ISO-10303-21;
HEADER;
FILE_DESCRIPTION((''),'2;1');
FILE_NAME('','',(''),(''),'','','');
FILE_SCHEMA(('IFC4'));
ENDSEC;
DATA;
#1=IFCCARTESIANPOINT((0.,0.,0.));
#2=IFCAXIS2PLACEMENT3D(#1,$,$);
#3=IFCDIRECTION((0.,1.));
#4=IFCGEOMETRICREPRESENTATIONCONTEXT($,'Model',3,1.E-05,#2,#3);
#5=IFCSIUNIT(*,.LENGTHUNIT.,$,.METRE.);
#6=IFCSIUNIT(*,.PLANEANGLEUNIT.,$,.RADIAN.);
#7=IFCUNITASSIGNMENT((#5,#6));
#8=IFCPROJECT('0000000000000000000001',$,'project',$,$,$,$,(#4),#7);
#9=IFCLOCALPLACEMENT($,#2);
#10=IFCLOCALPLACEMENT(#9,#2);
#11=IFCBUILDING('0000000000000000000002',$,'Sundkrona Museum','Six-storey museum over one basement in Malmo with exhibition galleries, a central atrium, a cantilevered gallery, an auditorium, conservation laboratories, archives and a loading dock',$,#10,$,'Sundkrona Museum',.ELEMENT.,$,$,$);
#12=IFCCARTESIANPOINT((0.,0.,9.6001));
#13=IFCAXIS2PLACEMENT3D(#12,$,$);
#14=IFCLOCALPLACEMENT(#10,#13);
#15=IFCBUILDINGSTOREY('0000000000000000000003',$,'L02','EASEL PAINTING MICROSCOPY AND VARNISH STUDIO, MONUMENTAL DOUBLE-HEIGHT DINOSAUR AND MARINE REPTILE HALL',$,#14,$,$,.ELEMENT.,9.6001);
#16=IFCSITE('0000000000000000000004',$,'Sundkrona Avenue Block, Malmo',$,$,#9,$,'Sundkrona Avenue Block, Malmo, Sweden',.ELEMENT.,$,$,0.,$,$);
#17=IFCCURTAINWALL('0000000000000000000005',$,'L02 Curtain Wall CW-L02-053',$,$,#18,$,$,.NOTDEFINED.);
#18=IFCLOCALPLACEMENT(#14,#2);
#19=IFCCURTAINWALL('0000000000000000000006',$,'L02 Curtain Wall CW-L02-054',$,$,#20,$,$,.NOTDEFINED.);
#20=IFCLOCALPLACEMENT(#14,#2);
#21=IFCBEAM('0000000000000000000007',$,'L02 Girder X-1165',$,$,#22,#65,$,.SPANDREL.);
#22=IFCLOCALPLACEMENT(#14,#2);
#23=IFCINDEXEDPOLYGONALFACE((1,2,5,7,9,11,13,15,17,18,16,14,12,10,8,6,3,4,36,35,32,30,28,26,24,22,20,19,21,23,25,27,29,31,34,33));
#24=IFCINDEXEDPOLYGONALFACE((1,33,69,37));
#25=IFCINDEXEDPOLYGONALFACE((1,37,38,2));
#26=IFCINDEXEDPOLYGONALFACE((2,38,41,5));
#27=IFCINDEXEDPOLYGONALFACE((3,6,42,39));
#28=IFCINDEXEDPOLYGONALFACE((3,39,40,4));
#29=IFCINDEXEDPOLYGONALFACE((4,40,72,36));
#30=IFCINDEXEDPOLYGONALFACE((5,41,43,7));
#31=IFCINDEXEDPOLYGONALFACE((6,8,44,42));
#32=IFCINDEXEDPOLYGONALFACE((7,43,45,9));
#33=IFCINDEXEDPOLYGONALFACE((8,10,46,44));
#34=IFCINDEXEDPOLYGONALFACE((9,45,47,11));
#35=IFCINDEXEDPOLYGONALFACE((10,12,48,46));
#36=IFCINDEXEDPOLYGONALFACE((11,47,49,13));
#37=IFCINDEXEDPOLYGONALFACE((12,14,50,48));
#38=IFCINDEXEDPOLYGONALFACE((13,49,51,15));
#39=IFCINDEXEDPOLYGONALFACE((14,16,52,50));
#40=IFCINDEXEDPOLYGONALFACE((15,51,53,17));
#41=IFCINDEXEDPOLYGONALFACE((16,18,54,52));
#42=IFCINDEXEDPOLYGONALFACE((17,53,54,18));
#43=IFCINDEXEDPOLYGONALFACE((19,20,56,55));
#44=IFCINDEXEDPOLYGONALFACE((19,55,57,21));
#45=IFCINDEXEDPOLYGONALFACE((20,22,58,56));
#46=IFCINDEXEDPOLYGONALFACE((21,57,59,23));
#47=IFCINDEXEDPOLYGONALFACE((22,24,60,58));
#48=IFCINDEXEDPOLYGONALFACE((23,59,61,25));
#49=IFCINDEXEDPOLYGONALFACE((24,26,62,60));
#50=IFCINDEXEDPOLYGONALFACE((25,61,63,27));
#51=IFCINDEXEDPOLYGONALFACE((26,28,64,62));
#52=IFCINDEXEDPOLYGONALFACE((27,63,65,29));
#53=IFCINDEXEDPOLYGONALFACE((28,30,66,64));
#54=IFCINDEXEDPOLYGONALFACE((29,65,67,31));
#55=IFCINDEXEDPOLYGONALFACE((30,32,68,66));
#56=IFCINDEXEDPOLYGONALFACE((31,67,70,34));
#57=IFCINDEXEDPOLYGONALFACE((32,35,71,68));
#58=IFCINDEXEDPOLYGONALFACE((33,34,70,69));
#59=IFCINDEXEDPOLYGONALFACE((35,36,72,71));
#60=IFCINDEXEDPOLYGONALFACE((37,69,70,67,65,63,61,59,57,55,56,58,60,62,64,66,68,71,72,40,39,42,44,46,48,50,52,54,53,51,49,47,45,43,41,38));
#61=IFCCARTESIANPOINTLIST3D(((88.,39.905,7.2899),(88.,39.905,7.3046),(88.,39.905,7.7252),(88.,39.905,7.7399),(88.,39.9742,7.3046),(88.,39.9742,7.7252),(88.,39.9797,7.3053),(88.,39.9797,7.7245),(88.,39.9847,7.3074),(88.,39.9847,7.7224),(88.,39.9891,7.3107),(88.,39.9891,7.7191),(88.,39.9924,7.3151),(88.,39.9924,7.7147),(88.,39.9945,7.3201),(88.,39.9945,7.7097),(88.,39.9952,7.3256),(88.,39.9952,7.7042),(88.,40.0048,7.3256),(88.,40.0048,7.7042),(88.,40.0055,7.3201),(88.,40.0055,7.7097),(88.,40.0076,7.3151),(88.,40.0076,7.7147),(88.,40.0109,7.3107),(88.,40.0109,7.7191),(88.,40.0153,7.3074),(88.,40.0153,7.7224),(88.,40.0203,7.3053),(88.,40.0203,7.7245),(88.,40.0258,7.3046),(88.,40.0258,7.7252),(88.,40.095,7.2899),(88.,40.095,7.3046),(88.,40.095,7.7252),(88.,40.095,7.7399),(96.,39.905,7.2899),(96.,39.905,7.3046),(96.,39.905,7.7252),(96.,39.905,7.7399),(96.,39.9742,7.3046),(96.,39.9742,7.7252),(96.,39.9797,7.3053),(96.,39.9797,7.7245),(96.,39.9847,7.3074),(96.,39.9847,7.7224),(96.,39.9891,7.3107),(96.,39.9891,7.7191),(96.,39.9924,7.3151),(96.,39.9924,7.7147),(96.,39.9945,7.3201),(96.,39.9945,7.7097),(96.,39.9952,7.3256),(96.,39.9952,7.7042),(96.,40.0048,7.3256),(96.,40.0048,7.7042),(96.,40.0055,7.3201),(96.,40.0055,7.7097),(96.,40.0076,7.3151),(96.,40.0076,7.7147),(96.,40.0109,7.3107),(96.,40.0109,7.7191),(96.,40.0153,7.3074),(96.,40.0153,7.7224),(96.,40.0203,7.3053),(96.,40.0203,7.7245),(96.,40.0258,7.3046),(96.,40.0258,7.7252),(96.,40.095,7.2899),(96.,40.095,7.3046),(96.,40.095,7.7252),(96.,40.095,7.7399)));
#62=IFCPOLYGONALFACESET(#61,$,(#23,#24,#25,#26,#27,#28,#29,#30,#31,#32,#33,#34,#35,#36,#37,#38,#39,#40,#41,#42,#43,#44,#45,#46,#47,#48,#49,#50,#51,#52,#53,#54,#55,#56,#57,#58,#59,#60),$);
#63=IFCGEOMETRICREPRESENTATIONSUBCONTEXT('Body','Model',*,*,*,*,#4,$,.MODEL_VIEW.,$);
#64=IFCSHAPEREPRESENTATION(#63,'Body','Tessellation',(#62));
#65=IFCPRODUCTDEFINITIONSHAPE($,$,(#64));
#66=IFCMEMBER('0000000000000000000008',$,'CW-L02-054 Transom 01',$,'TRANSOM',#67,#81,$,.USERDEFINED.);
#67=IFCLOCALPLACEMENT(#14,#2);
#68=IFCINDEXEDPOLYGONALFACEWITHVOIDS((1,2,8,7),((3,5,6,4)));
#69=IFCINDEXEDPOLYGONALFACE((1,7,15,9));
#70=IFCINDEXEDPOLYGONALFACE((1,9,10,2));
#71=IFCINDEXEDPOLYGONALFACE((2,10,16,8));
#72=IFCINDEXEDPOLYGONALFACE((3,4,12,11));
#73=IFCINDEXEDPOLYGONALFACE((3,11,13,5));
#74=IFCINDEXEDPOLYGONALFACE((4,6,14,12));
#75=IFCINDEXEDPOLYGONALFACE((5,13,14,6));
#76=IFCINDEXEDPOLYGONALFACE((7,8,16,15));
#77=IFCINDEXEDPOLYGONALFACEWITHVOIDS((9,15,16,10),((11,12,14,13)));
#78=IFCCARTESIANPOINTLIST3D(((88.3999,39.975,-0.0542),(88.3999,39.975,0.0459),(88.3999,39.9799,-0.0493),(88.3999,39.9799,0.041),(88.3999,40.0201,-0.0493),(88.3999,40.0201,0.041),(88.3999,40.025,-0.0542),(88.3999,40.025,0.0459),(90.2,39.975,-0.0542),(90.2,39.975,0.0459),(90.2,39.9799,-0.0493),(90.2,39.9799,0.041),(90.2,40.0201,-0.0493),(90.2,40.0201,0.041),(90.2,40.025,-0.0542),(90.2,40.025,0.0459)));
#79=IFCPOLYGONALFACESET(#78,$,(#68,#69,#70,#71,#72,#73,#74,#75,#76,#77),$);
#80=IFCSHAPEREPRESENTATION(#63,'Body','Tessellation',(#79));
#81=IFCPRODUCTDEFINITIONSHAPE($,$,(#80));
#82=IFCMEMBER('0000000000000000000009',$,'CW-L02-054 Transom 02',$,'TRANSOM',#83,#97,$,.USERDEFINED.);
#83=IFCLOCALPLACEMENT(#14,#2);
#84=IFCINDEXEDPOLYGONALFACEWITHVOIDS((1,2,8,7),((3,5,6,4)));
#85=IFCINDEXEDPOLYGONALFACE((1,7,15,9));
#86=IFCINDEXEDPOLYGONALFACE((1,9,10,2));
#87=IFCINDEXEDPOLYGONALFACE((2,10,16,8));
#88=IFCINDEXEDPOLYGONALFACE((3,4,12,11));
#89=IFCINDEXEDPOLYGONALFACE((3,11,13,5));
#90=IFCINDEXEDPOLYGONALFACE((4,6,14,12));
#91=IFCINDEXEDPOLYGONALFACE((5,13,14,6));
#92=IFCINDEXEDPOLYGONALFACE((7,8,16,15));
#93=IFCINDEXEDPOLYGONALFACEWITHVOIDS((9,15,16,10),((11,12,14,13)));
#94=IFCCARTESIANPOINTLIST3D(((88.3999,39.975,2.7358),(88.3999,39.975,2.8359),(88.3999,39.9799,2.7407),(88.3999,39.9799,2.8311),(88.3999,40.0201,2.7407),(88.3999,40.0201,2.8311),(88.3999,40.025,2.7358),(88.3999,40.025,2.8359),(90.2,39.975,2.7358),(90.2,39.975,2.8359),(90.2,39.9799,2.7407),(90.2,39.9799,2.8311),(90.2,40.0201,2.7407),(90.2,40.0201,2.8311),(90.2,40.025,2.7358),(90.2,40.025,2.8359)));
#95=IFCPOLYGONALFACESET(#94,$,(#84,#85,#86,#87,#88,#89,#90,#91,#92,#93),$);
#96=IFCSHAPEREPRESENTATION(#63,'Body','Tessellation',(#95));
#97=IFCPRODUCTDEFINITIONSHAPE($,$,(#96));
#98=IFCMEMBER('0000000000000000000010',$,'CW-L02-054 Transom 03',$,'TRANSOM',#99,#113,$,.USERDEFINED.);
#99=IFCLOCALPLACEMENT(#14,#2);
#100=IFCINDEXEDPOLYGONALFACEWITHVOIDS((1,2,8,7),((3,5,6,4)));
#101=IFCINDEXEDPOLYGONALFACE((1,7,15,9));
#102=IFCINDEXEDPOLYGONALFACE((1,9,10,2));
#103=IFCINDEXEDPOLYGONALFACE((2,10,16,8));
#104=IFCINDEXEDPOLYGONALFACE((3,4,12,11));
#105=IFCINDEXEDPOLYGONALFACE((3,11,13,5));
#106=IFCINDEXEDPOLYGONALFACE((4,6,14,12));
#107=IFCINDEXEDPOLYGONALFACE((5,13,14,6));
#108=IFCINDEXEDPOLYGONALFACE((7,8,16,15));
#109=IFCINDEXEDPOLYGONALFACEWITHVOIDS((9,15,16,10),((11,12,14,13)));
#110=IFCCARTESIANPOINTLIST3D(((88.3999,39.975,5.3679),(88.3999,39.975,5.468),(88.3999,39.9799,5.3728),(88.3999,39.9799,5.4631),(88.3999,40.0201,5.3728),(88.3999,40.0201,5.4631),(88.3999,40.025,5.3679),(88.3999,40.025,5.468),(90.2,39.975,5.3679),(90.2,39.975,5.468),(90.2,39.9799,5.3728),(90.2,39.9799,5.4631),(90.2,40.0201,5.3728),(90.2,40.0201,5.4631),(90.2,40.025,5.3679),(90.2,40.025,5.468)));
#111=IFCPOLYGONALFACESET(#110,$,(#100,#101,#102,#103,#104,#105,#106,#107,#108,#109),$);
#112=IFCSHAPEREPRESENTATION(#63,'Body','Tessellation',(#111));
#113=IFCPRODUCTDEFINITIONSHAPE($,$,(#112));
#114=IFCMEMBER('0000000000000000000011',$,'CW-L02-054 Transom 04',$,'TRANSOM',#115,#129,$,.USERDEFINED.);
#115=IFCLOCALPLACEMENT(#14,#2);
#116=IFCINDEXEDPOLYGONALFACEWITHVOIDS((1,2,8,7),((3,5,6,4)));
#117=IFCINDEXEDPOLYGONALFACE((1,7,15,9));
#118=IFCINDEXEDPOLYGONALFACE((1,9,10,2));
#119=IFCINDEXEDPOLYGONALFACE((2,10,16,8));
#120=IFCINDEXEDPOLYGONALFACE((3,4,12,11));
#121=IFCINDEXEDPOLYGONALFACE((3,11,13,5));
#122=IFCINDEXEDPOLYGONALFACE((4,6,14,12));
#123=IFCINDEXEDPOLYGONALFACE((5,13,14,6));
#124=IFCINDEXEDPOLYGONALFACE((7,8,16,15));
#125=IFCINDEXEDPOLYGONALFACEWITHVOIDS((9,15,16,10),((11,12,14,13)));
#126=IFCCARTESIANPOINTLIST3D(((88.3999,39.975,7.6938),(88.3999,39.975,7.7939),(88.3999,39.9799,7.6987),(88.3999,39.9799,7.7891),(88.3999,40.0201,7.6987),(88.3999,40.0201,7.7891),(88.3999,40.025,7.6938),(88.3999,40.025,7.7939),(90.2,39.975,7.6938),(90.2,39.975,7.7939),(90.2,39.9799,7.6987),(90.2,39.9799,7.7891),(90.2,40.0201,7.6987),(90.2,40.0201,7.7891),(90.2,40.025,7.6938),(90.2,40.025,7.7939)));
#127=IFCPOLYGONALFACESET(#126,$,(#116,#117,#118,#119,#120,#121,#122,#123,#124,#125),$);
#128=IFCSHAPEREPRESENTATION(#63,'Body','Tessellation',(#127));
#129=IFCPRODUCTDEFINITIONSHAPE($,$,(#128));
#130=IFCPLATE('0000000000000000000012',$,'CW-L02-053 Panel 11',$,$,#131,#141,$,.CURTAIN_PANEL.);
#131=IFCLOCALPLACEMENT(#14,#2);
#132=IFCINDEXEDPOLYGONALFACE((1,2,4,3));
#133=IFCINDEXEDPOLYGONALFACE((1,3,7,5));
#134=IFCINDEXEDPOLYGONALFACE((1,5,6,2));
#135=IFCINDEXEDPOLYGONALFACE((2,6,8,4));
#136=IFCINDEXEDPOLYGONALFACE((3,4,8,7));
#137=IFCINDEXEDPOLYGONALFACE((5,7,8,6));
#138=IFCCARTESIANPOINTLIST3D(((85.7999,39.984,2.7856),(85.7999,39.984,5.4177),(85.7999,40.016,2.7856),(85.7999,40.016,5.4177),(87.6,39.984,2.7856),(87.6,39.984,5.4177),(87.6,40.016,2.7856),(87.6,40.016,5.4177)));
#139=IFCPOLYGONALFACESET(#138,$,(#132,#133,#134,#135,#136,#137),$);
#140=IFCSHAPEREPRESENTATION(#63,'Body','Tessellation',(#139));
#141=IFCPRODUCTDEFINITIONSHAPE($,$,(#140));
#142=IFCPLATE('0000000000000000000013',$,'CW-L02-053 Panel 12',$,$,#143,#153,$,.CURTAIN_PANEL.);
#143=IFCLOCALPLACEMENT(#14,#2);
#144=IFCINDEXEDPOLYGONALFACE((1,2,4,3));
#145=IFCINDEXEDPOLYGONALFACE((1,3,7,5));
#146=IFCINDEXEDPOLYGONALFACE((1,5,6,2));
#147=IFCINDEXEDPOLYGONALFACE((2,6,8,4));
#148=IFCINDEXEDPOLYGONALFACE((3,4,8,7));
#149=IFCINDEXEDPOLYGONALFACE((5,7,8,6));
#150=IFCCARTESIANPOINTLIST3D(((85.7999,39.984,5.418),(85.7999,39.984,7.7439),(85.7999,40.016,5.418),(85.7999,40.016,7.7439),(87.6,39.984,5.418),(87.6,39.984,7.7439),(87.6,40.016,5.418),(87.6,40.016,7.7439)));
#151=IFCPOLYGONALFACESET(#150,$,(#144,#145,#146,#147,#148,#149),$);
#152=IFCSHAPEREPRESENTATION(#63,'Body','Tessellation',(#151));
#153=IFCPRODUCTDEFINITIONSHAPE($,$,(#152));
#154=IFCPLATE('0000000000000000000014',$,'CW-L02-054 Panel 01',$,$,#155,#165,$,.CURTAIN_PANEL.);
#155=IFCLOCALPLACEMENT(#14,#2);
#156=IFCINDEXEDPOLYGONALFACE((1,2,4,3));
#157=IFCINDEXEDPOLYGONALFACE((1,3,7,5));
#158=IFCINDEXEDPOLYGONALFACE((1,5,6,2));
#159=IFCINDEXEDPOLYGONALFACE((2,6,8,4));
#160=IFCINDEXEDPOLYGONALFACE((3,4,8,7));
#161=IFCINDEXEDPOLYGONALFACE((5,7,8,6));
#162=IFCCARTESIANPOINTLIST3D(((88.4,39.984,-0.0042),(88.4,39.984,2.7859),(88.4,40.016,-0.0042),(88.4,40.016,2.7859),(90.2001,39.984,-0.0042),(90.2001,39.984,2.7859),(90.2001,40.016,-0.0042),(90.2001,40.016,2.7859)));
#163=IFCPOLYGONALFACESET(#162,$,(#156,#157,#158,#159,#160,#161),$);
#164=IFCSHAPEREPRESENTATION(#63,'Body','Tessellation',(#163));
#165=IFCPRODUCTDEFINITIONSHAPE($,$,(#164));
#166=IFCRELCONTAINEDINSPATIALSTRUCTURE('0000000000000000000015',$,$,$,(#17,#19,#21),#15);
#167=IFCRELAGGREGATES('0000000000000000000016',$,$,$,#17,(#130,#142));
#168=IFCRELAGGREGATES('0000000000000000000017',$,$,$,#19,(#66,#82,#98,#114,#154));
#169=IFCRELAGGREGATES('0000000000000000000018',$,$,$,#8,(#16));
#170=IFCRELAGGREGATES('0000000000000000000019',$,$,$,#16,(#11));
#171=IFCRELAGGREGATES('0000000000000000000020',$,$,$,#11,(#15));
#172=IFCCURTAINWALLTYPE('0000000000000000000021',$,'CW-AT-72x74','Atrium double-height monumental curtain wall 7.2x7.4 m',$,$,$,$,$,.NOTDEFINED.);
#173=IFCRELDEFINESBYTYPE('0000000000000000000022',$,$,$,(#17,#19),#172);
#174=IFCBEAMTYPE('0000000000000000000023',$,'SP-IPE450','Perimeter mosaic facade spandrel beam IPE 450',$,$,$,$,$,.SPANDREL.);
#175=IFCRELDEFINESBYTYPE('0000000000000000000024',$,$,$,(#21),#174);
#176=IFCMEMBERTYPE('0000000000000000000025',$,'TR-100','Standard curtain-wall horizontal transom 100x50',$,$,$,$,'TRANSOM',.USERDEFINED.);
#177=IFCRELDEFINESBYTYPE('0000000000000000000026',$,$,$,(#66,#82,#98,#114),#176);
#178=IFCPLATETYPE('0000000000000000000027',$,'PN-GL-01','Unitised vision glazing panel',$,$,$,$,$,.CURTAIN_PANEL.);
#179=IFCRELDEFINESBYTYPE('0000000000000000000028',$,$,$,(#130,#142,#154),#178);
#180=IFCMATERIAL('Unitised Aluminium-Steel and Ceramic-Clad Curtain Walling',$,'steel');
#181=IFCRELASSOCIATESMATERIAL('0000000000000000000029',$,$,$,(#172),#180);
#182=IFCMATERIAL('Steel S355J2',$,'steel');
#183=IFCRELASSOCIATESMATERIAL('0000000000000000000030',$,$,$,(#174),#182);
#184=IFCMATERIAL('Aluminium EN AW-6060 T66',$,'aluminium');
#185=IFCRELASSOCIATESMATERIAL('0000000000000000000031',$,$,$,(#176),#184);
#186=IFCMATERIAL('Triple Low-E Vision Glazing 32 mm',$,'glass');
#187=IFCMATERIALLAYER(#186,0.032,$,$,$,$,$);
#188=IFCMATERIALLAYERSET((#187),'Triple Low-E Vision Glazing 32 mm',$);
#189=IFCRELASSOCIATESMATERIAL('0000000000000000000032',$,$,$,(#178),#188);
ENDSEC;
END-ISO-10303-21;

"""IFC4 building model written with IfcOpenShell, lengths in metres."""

from ifc_helpers import new_model, si_unit, direction, frame, origin, origin_2d, place, context, subcontext, project, spatial, rectangle, hollow_rectangle, i_section, extrude, material, layer, layer_set, material_profile, profile_set, type_object, element, aggregate, save


model = new_model("IFC4")

# Units and contexts
model_context = context("Model", 3, precision=1e-05, world=origin(), true_north=direction((0.0, 1.0)))
body_context = subcontext(model_context, "Body", "Model", "MODEL_VIEW")
ifc_project = project(units=[si_unit("LENGTHUNIT", "METRE"), si_unit("PLANEANGLEUNIT", "RADIAN")], contexts=[model_context])

# Site, building, storey
site_placement = place(None, origin())
site = spatial("IfcSite", under=ifc_project, at=site_placement, Name="Sundkrona Avenue Block, Malmo", LongName="Sundkrona Avenue Block, Malmo, Sweden", CompositionType="ELEMENT", RefElevation=0.0)
building_placement = place(site_placement, origin())
building = spatial("IfcBuilding", under=site, at=building_placement, Name="Sundkrona Museum", Description="Six-storey museum over one basement in Malmo with exhibition galleries, a central atrium, a cantilevered gallery, an auditorium, conservation laboratories, archives and a loading dock", LongName="Sundkrona Museum", CompositionType="ELEMENT")
storey_placement = place(building_placement, frame((0.0, 0.0, 9.6001)))
storey = spatial("IfcBuildingStorey", under=building, at=storey_placement, Name="L02", Description="EASEL PAINTING MICROSCOPY AND VARNISH STUDIO, MONUMENTAL DOUBLE-HEIGHT DINOSAUR AND MARINE REPTILE HALL", CompositionType="ELEMENT", Elevation=9.6001)

# Shared definitions
ifc_material_1 = material(Name="Steel S355J2", Category="steel")

# Curtain walls
ifc_material_2 = material(Name="Unitised Aluminium-Steel and Ceramic-Clad Curtain Walling", Category="steel")
curtain_wall_type = type_object("IfcCurtainWallType", Name="CW-AT-72x74", Description="Atrium double-height monumental curtain wall 7.2x7.4 m", PredefinedType="NOTDEFINED", material=ifc_material_2)
curtain_wall_1_placement = place(storey_placement, origin())
curtain_wall_1 = element("IfcCurtainWall", 1, at=curtain_wall_1_placement, inside=storey, type_object=curtain_wall_type, Name="L02 Curtain Wall CW-L02-053", PredefinedType="NOTDEFINED")
ifc_material_3 = material(Name="Aluminium EN AW-6060 T66", Category="aluminium")
curtain_wall_2_placement = place(storey_placement, origin())
curtain_wall_2 = element("IfcCurtainWall", 2, at=curtain_wall_2_placement, inside=storey, type_object=curtain_wall_type, Name="L02 Curtain Wall CW-L02-054", PredefinedType="NOTDEFINED")

# Beam
ifc_material_profile_1 = material_profile(ifc_material_1, i_section(OverallWidth=0.1899, OverallDepth=0.45, WebThickness=0.0095, FlangeThickness=0.0146, FilletRadius=0.021, at=origin_2d()), Name="IPE 450")
ifc_profile_set_1 = profile_set([ifc_material_profile_1], Name="Steel S355J2")
beam_type_1 = type_object("IfcBeamType", Name="SP-IPE450", Description="Perimeter mosaic facade spandrel beam IPE 450", PredefinedType="SPANDREL", material=ifc_profile_set_1)
beam_1_placement = place(storey_placement, frame((88.0, 40.0, 7.5149), z_axis=(1.0, 0.0, 0.0), x_axis=(0.0, 1.0, 0.0)))
element("IfcBeam", 3, at=beam_1_placement, inside=storey, type_object=beam_type_1, Name="L02 Girder X-1165", PredefinedType="SPANDREL", context=body_context, shape_type="SweptSolid", body=[
    extrude(i_section(OverallWidth=0.1899, OverallDepth=0.45, WebThickness=0.0095, FlangeThickness=0.0146, FilletRadius=0.021, at=origin_2d()), origin(), (0.0, 0.0, 1.0), 8.0),
])

# Members
ifc_material_profile_2 = material_profile(ifc_material_3, hollow_rectangle(XDim=0.05, YDim=0.1001, WallThickness=0.0049, at=origin_2d()), Name="RHS 100x50x5.0")
ifc_profile_set_2 = profile_set([ifc_material_profile_2], Name="Aluminium EN AW-6060 T66")
member_type_1 = type_object("IfcMemberType", Name="TR-100", Description="Standard curtain-wall horizontal transom 100x50", ElementType="TRANSOM", PredefinedType="USERDEFINED", material=ifc_profile_set_2)
member_1_placement = place(storey_placement, frame((88.3999, 40.0, -0.0042), z_axis=(1.0, 0.0, 0.0), x_axis=(0.0, 1.0, 0.0)))
member_1 = element("IfcMember", 4, at=member_1_placement, type_object=member_type_1, Name="CW-L02-054 Transom 01", ObjectType="TRANSOM", PredefinedType="USERDEFINED", context=body_context, shape_type="SweptSolid", body=[
    extrude(hollow_rectangle(XDim=0.05, YDim=0.1001, WallThickness=0.0049, at=origin_2d()), origin(), (0.0, 0.0, 1.0), 1.8),
])
member_2_placement = place(storey_placement, frame((88.3999, 40.0, 2.7859), z_axis=(1.0, 0.0, 0.0), x_axis=(0.0, 1.0, 0.0)))
member_2 = element("IfcMember", 5, at=member_2_placement, type_object=member_type_1, Name="CW-L02-054 Transom 02", ObjectType="TRANSOM", PredefinedType="USERDEFINED", context=body_context, shape_type="SweptSolid", body=[
    extrude(hollow_rectangle(XDim=0.05, YDim=0.1001, WallThickness=0.0049, at=origin_2d()), origin(), (0.0, 0.0, 1.0), 1.8),
])
member_3_placement = place(storey_placement, frame((88.3999, 40.0, 5.418), z_axis=(1.0, 0.0, 0.0), x_axis=(0.0, 1.0, 0.0)))
member_3 = element("IfcMember", 6, at=member_3_placement, type_object=member_type_1, Name="CW-L02-054 Transom 03", ObjectType="TRANSOM", PredefinedType="USERDEFINED", context=body_context, shape_type="SweptSolid", body=[
    extrude(hollow_rectangle(XDim=0.05, YDim=0.1001, WallThickness=0.0049, at=origin_2d()), origin(), (0.0, 0.0, 1.0), 1.8),
])
member_4_placement = place(storey_placement, frame((88.3999, 40.0, 7.7439), z_axis=(1.0, 0.0, 0.0), x_axis=(0.0, 1.0, 0.0)))
member_4 = element("IfcMember", 7, at=member_4_placement, type_object=member_type_1, Name="CW-L02-054 Transom 04", ObjectType="TRANSOM", PredefinedType="USERDEFINED", context=body_context, shape_type="SweptSolid", body=[
    extrude(hollow_rectangle(XDim=0.05, YDim=0.1001, WallThickness=0.0049, at=origin_2d()), origin(), (0.0, 0.0, 1.0), 1.8),
])

# Plates
ifc_material_4 = material(Name="Triple Low-E Vision Glazing 32 mm", Category="glass")
ifc_layer = layer(ifc_material_4, 0.032)
ifc_layer_set = layer_set([ifc_layer], Name="Triple Low-E Vision Glazing 32 mm")
plate_type = type_object("IfcPlateType", Name="PN-GL-01", Description="Unitised vision glazing panel", PredefinedType="CURTAIN_PANEL", material=ifc_layer_set)
plate_1_placement = place(storey_placement, frame((86.7, 40.0, 2.7856), z_axis=(0.0, 0.0, 1.0), x_axis=(1.0, 0.0, 0.0)))
plate_1 = element("IfcPlate", 8, at=plate_1_placement, type_object=plate_type, Name="CW-L02-053 Panel 11", PredefinedType="CURTAIN_PANEL", context=body_context, shape_type="SweptSolid", body=[
    extrude(rectangle(XDim=1.8, YDim=0.032, at=origin_2d()), origin(), (0.0, 0.0, 1.0), 2.6321),
])
plate_2_placement = place(storey_placement, frame((86.7, 40.0, 5.418), z_axis=(0.0, 0.0, 1.0), x_axis=(1.0, 0.0, 0.0)))
plate_2 = element("IfcPlate", 9, at=plate_2_placement, type_object=plate_type, Name="CW-L02-053 Panel 12", PredefinedType="CURTAIN_PANEL", context=body_context, shape_type="SweptSolid", body=[
    extrude(rectangle(XDim=1.8, YDim=0.032, at=origin_2d()), origin(), (0.0, 0.0, 1.0), 2.3259),
])
aggregate(curtain_wall_1, [plate_1, plate_2])
plate_3_placement = place(storey_placement, frame((89.3, 40.0, -0.0042), z_axis=(0.0, 0.0, 1.0), x_axis=(1.0, 0.0, 0.0)))
plate_3 = element("IfcPlate", 10, at=plate_3_placement, type_object=plate_type, Name="CW-L02-054 Panel 01", PredefinedType="CURTAIN_PANEL", context=body_context, shape_type="SweptSolid", body=[
    extrude(rectangle(XDim=1.8, YDim=0.032, at=origin_2d()), origin(), (0.0, 0.0, 1.0), 2.79),
])
aggregate(curtain_wall_2, [member_1, member_2, member_3, member_4, plate_3])

save(model, "model.ifc")
